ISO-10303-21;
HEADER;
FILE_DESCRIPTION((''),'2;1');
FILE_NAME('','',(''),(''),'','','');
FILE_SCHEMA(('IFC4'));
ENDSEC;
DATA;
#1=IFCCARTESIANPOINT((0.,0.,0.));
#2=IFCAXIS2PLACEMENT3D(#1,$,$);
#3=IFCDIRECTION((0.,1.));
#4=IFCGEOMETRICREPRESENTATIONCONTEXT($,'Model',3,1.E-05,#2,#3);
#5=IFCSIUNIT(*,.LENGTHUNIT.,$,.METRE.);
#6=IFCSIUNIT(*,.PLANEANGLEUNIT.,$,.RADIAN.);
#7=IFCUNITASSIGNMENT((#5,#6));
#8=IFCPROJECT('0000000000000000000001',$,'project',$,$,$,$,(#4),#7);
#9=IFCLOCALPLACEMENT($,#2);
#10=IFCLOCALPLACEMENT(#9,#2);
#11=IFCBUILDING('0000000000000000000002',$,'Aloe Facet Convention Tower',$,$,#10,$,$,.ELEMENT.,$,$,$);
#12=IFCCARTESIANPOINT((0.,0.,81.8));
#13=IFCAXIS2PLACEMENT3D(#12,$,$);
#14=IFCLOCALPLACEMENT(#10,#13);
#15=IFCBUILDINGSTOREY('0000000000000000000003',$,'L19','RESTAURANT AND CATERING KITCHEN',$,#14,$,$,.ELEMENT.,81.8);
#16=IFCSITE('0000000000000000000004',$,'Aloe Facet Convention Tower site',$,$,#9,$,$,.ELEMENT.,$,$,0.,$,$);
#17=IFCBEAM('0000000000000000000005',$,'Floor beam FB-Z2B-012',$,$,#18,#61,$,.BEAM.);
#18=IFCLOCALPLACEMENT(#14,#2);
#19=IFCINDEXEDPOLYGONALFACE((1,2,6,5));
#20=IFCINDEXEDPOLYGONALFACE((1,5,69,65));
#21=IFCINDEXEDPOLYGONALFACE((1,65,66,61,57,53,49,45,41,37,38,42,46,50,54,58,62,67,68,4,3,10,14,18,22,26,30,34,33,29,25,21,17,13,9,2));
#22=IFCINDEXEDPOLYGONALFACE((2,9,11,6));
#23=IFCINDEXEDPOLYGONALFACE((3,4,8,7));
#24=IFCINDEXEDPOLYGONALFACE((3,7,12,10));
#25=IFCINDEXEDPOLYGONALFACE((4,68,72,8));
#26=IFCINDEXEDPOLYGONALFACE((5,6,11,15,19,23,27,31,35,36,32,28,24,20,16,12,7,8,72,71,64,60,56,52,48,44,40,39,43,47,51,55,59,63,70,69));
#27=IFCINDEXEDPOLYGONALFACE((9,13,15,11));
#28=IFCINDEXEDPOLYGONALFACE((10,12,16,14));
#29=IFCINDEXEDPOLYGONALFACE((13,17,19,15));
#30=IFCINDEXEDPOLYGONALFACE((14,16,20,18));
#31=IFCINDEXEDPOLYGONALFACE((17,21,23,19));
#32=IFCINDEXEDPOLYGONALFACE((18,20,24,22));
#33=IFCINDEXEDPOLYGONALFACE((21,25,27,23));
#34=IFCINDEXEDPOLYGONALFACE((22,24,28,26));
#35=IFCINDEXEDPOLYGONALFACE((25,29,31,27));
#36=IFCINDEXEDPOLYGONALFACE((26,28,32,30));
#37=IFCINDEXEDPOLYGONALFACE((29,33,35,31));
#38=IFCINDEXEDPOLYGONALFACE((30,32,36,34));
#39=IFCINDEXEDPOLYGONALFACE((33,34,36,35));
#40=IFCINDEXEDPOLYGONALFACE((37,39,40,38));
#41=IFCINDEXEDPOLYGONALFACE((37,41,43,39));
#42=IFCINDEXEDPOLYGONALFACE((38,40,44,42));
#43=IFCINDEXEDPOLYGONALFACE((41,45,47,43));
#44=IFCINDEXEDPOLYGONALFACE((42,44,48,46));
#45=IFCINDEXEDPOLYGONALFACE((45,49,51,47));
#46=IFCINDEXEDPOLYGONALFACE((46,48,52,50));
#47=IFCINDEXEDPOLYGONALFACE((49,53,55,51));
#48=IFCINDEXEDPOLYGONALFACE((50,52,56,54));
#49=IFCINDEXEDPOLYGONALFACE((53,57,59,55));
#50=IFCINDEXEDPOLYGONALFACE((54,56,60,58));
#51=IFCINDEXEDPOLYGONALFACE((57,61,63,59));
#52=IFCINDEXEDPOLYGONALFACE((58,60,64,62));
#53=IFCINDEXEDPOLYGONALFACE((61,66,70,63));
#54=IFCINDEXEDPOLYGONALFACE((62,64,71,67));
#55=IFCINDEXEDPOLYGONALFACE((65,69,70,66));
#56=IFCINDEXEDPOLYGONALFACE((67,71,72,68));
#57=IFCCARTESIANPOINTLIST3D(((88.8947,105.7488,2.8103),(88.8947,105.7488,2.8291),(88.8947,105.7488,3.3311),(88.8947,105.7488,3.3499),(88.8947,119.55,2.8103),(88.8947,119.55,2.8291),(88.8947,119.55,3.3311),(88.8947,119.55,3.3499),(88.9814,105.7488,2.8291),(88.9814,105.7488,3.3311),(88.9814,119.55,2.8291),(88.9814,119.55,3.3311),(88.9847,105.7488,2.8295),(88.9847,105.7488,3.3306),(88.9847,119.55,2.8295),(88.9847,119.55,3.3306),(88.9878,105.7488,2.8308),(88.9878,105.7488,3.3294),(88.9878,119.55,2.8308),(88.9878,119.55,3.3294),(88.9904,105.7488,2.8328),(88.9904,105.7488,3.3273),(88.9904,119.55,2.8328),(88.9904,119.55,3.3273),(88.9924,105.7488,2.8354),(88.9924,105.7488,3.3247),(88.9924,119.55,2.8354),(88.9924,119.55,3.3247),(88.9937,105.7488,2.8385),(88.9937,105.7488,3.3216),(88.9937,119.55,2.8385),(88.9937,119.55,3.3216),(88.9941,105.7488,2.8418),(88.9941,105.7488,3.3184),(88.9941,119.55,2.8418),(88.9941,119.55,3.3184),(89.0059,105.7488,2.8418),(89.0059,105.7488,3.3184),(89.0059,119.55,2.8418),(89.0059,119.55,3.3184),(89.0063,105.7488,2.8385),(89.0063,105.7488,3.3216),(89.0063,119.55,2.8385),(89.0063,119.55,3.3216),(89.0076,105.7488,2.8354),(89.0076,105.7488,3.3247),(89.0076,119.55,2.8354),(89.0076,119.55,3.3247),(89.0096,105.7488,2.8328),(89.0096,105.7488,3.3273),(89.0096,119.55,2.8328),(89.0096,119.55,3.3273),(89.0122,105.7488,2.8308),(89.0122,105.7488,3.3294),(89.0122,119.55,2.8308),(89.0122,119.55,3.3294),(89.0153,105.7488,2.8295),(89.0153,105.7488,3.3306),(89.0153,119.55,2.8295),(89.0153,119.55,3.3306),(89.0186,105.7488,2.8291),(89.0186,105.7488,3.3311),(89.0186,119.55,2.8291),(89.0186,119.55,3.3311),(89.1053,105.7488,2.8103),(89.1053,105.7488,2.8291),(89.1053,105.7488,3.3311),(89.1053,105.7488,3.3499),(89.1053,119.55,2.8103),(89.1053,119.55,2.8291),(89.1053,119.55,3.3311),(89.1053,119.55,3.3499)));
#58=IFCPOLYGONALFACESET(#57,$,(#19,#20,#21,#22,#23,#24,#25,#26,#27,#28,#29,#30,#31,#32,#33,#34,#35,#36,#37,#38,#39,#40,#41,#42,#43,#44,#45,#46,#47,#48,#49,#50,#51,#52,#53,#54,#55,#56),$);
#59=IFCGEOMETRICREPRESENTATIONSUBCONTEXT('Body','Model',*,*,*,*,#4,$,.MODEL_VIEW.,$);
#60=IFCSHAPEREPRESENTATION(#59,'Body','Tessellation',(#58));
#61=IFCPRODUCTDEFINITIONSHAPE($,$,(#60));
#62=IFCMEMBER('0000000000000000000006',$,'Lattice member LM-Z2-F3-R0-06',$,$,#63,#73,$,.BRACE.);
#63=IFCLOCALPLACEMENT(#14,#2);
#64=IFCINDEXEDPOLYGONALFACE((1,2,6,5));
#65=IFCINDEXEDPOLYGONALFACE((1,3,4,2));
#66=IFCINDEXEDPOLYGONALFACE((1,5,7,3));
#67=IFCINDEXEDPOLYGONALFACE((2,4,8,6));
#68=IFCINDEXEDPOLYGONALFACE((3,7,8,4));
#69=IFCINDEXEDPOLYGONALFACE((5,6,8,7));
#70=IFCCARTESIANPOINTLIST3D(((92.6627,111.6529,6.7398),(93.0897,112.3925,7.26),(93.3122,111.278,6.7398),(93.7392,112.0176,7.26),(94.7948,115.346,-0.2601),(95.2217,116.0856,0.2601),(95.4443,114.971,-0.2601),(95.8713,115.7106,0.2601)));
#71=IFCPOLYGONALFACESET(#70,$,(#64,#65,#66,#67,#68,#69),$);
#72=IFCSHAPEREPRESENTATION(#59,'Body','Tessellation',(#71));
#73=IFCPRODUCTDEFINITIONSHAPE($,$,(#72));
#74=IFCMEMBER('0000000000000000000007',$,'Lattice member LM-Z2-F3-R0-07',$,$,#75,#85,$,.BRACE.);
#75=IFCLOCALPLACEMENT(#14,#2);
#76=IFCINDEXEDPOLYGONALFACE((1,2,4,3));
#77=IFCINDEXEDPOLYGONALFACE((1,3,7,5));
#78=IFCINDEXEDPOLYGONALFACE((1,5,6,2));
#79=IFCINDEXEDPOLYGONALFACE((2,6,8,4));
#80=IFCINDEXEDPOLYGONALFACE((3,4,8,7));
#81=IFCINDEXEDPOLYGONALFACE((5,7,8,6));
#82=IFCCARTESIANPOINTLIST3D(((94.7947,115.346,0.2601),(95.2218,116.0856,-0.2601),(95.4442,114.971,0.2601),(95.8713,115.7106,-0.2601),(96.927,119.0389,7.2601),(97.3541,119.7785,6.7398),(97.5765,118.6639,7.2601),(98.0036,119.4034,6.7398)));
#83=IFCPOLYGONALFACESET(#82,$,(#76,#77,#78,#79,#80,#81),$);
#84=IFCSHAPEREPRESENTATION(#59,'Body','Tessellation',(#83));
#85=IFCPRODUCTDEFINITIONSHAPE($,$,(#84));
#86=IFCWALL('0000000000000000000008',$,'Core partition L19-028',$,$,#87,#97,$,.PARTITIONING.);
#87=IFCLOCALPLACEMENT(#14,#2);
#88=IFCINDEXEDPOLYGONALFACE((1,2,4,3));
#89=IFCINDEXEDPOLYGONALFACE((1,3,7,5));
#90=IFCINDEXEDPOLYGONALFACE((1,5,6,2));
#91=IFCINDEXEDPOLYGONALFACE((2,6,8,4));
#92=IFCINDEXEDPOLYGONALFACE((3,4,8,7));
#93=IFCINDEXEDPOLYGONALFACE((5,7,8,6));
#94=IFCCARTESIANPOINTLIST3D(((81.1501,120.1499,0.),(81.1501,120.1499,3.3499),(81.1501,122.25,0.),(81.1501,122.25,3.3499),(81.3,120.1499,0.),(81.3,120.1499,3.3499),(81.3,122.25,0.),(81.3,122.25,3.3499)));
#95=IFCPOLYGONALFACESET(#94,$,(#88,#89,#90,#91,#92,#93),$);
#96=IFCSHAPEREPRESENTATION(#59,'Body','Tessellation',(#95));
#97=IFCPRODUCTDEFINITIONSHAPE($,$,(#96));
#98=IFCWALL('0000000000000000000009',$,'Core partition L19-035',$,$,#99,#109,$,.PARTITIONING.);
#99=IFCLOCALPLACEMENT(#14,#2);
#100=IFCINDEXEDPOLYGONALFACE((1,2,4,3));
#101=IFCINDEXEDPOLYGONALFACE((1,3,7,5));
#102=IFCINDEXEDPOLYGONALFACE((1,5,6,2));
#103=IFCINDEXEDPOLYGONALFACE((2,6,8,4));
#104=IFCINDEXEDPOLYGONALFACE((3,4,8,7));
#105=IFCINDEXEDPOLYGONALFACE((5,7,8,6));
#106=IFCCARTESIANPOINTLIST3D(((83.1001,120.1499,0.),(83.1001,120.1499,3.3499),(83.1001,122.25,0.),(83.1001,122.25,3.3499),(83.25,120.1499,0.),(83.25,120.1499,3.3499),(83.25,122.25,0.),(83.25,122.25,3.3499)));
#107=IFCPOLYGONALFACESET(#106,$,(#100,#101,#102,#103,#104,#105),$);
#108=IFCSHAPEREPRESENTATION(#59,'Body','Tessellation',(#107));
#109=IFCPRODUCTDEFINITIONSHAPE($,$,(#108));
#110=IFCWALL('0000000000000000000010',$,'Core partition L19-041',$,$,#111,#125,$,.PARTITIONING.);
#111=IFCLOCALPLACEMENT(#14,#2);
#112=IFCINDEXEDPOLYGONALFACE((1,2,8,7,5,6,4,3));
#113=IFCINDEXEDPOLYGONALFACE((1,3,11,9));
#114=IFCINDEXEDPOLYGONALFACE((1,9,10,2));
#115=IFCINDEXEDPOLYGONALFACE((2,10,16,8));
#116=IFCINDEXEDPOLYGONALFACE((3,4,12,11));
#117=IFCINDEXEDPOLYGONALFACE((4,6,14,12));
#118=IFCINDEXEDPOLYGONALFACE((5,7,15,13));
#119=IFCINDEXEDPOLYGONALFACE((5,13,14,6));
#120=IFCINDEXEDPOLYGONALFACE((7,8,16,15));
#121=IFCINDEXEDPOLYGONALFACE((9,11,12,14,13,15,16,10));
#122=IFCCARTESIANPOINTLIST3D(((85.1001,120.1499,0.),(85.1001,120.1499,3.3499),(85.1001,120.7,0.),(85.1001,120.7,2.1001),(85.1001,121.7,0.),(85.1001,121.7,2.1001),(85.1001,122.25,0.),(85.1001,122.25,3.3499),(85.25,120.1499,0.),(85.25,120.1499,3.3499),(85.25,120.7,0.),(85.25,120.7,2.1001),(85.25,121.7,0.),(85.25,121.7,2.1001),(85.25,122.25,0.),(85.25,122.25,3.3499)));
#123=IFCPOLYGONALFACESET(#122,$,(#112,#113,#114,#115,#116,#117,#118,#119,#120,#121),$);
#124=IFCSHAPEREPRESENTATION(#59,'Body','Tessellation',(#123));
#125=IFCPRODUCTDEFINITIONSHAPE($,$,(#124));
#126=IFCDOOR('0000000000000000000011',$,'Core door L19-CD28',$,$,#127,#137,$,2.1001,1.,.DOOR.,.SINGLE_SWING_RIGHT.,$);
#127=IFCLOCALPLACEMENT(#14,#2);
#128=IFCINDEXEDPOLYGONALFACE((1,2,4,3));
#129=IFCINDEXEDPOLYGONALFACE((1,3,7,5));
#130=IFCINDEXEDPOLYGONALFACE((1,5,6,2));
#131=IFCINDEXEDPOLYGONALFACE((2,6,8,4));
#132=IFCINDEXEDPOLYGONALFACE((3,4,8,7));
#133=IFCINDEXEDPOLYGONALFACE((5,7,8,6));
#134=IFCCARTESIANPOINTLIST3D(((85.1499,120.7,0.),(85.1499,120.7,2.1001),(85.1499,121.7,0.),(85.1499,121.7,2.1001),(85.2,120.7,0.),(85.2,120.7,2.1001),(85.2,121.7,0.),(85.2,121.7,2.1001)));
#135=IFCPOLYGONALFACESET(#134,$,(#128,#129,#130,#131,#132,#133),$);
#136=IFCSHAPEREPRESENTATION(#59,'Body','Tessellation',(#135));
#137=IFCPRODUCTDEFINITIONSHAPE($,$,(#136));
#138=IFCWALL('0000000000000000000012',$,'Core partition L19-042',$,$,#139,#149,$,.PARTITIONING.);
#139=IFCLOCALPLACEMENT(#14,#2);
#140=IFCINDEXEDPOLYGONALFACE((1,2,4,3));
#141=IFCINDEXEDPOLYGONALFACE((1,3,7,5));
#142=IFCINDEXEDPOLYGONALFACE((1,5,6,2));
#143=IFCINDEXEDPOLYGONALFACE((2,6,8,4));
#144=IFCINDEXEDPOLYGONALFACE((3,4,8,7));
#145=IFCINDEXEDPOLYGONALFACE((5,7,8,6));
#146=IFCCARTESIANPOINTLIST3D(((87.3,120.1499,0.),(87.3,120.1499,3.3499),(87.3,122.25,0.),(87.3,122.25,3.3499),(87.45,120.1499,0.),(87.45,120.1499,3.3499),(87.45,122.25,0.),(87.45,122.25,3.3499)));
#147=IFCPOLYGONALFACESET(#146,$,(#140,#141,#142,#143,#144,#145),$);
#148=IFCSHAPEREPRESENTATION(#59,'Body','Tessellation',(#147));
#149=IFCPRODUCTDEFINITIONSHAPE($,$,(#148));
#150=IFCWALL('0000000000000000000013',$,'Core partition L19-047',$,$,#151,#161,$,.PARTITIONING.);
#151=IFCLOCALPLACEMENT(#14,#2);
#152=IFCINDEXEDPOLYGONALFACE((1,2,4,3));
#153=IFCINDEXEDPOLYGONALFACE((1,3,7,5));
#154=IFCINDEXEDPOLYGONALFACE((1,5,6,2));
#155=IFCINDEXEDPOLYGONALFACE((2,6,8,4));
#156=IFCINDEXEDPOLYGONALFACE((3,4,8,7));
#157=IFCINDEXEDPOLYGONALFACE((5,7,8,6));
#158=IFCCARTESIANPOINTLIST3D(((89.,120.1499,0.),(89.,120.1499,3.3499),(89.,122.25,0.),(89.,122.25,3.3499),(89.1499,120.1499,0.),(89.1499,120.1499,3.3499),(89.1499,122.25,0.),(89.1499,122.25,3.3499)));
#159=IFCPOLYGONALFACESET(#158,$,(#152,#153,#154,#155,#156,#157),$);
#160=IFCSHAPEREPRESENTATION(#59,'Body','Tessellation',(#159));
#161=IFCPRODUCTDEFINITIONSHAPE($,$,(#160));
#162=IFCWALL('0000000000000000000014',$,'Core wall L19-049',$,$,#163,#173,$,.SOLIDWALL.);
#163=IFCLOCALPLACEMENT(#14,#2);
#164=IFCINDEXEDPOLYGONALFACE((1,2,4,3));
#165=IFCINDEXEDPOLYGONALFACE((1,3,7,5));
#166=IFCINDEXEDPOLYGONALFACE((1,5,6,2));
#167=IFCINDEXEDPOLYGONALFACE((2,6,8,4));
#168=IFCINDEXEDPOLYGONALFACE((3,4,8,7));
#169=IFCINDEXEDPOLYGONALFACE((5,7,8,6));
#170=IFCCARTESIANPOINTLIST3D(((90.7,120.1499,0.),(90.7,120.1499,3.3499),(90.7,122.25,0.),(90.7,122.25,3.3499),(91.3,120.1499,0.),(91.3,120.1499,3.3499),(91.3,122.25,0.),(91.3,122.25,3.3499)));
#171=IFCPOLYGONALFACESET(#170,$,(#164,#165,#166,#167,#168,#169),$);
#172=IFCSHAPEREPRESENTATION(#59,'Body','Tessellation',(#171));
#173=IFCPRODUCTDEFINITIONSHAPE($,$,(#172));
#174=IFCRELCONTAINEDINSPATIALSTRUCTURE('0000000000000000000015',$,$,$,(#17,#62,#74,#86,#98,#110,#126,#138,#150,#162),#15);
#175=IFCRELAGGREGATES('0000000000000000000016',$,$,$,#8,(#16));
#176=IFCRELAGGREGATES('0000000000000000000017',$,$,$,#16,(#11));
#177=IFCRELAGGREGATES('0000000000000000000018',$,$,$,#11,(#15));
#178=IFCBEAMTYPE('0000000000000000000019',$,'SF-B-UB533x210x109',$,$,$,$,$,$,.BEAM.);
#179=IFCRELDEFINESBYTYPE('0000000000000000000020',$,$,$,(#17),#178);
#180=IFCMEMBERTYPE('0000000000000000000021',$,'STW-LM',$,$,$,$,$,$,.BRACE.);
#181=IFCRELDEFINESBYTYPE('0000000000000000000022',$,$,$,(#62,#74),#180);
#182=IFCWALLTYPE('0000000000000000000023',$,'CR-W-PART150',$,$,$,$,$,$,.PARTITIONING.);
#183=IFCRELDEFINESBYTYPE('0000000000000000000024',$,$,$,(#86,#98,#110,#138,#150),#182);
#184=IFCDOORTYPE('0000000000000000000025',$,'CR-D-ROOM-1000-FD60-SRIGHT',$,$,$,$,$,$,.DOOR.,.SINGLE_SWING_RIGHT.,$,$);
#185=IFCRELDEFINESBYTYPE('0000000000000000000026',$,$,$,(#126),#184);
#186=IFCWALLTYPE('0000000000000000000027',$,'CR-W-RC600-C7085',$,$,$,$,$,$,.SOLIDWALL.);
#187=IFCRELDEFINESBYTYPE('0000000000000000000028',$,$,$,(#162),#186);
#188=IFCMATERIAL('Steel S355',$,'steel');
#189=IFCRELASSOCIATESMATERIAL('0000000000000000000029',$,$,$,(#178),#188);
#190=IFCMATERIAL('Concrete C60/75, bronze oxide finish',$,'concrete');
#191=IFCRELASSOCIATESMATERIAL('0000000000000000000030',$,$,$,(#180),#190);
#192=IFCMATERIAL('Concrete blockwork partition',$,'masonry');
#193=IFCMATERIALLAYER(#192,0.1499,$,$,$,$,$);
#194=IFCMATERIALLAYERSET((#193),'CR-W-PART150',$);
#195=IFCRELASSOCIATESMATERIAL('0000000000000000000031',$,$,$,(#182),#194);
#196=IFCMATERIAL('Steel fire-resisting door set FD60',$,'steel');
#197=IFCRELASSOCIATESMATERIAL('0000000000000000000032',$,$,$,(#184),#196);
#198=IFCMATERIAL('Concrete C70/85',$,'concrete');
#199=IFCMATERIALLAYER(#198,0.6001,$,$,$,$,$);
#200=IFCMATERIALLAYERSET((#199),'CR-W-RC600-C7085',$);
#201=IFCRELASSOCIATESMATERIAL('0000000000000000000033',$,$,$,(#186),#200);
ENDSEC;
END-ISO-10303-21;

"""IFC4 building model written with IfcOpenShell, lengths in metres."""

from ifc_helpers import new_model, si_unit, direction, frame, frame_2d, origin, origin_2d, place, context, subcontext, project, spatial, rectangle, i_section, extrude, material, layer, layer_set, material_profile, profile_set, type_object, element, fill, save


model = new_model("IFC4")

# Units and contexts
model_context = context("Model", 3, precision=1e-05, world=origin(), true_north=direction((0.0, 1.0)))
body_context = subcontext(model_context, "Body", "Model", "MODEL_VIEW")
ifc_project = project(units=[si_unit("LENGTHUNIT", "METRE"), si_unit("PLANEANGLEUNIT", "RADIAN")], contexts=[model_context])

# Site, building, storey
site_placement = place(None, origin())
site = spatial("IfcSite", under=ifc_project, at=site_placement, Name="Aloe Facet Convention Tower site", CompositionType="ELEMENT", RefElevation=0.0)
building_placement = place(site_placement, origin())
building = spatial("IfcBuilding", under=site, at=building_placement, Name="Aloe Facet Convention Tower", CompositionType="ELEMENT")
storey_placement = place(building_placement, frame((0.0, 0.0, 81.8)))
storey = spatial("IfcBuildingStorey", under=building, at=storey_placement, Name="L19", Description="RESTAURANT AND CATERING KITCHEN", CompositionType="ELEMENT", Elevation=81.8)

# Beam
ifc_material_1 = material(Name="Steel S355", Category="steel")
ifc_material_profile_1 = material_profile(ifc_material_1, i_section(OverallWidth=0.2107, OverallDepth=0.5396, WebThickness=0.0117, FlangeThickness=0.0188, FilletRadius=0.0127, at=origin_2d()), Name="UB 533x210x109")
ifc_profile_set_1 = profile_set([ifc_material_profile_1], Name="Steel S355")
beam_type_1 = type_object("IfcBeamType", Name="SF-B-UB533x210x109", PredefinedType="BEAM", material=ifc_profile_set_1)
beam_1_placement = place(storey_placement, frame((89.0, 119.55, 3.0801), z_axis=(0.0, -1.0, 0.0), x_axis=(1.0, 0.0, 0.0)))
element("IfcBeam", 1, at=beam_1_placement, inside=storey, type_object=beam_type_1, Name="Floor beam FB-Z2B-012", PredefinedType="BEAM", context=body_context, shape_type="SweptSolid", body=[
    extrude(i_section(OverallWidth=0.2107, OverallDepth=0.5396, WebThickness=0.0117, FlangeThickness=0.0188, FilletRadius=0.0127, at=origin_2d()), origin(), (0.0, 0.0, 1.0), 13.8013),
])

# Members
ifc_material_2 = material(Name="Concrete C60/75, bronze oxide finish", Category="concrete")
ifc_material_profile_2 = material_profile(ifc_material_2, rectangle(XDim=0.75, YDim=1.0, at=origin_2d()), Name="STW-LM")
ifc_profile_set_2 = profile_set([ifc_material_profile_2], Name="Concrete C60/75, bronze oxide finish")
member_type = type_object("IfcMemberType", Name="STW-LM", PredefinedType="BRACE", material=ifc_profile_set_2)
for number, where, z_axis, x_axis, name in (
    (2, (95.333, 115.5283, 0.0), (-0.260116, -0.450565, 0.854009), (0.86604, -0.499975, 0.0), "Lattice member LM-Z2-F3-R0-06"),
    (3, (95.333, 115.5283, 0.0), (0.260148, 0.450537, 0.854014), (-0.866001, 0.500043, 0.0), "Lattice member LM-Z2-F3-R0-07"),
):
    element("IfcMember", number, at=place(storey_placement, frame(where, z_axis=z_axis, x_axis=x_axis)), inside=storey, type_object=member_type, Name=name, PredefinedType="BRACE", context=body_context, shape_type="SweptSolid", body=[
        extrude(rectangle(XDim=0.75, YDim=1.0, at=origin_2d()), origin(), (0.0, 0.0, 1.0), 8.1965),
    ])

# Walls
ifc_material_3 = material(Name="Concrete blockwork partition", Category="masonry")
ifc_layer_1 = layer(ifc_material_3, 0.1499)
ifc_layer_set_1 = layer_set([ifc_layer_1], Name="CR-W-PART150")
wall_type_1 = type_object("IfcWallType", Name="CR-W-PART150", PredefinedType="PARTITIONING", material=ifc_layer_set_1)
for number, where, z_axis, x_axis, name in (
    (4, (81.2251, 122.25, 0.0), (0.0, 0.0, 1.0), (0.0, -1.0, 0.0), "Core partition L19-028"),
    (5, (83.175, 122.25, 0.0), (0.0, 0.0, 1.0), (0.0, -1.0, 0.0), "Core partition L19-035"),
):
    element("IfcWall", number, at=place(storey_placement, frame(where, z_axis=z_axis, x_axis=x_axis)), inside=storey, type_object=wall_type_1, Name=name, PredefinedType="PARTITIONING", context=body_context, shape_type="SweptSolid", body=[
        extrude(rectangle(XDim=2.1001, YDim=0.1499, at=frame_2d((1.05, 0.0))), origin(), (0.0, 0.0, 1.0), 3.3499),
    ])

# Wall, opening, door
wall_1_placement = place(storey_placement, frame((85.175, 122.25, 0.0), z_axis=(0.0, 0.0, 1.0), x_axis=(0.0, -1.0, 0.0)))
wall_1 = element("IfcWall", 6, at=wall_1_placement, inside=storey, type_object=wall_type_1, Name="Core partition L19-041", PredefinedType="PARTITIONING", context=body_context, shape_type="SweptSolid", body=[
    extrude(rectangle(XDim=2.1001, YDim=0.1499, at=frame_2d((1.05, 0.0))), origin(), (0.0, 0.0, 1.0), 3.3499),
])
opening_1_placement = place(wall_1_placement, frame((0.55, 0.0, 0.0)))
opening_1 = element("IfcOpeningElement", 7, at=opening_1_placement, cuts=wall_1, PredefinedType="OPENING", context=body_context, shape_type="SweptSolid", body=[
    extrude(rectangle(XDim=1.0, YDim=2.1001, at=frame_2d((0.5, 1.05))), frame((0.0, 0.085, 0.0), z_axis=(0.0, -1.0, 0.0), x_axis=(1.0, 0.0, 0.0)), (0.0, 0.0, 1.0), 0.1699),
])
ifc_material_4 = material(Name="Steel fire-resisting door set FD60", Category="steel")
door_type_1 = type_object("IfcDoorType", Name="CR-D-ROOM-1000-FD60-SRIGHT", OperationType="SINGLE_SWING_RIGHT", PredefinedType="DOOR", material=ifc_material_4)
door_1_placement = place(opening_1_placement, origin())
door_1 = element("IfcDoor", 8, at=door_1_placement, inside=storey, type_object=door_type_1, Name="Core door L19-CD28", OperationType="SINGLE_SWING_RIGHT", OverallHeight=2.1001, OverallWidth=1.0, PredefinedType="DOOR", context=body_context, shape_type="SweptSolid", body=[
    extrude(rectangle(XDim=1.0, YDim=2.1001, at=frame_2d((0.5, 1.05))), frame((0.0, 0.0249, 0.0), z_axis=(0.0, -1.0, 0.0), x_axis=(1.0, 0.0, 0.0)), (0.0, 0.0, 1.0), 0.05),
])
fill(opening_1, door_1)

# Walls
for number, where, z_axis, x_axis, name in (
    (9, (87.375, 122.25, 0.0), (0.0, 0.0, 1.0), (0.0, -1.0, 0.0), "Core partition L19-042"),
    (10, (89.075, 122.25, 0.0), (0.0, 0.0, 1.0), (0.0, -1.0, 0.0), "Core partition L19-047"),
):
    element("IfcWall", number, at=place(storey_placement, frame(where, z_axis=z_axis, x_axis=x_axis)), inside=storey, type_object=wall_type_1, Name=name, PredefinedType="PARTITIONING", context=body_context, shape_type="SweptSolid", body=[
        extrude(rectangle(XDim=2.1001, YDim=0.1499, at=frame_2d((1.05, 0.0))), origin(), (0.0, 0.0, 1.0), 3.3499),
    ])
ifc_material_5 = material(Name="Concrete C70/85", Category="concrete")
ifc_layer_2 = layer(ifc_material_5, 0.6001)
ifc_layer_set_2 = layer_set([ifc_layer_2], Name="CR-W-RC600-C7085")
wall_type_2 = type_object("IfcWallType", Name="CR-W-RC600-C7085", PredefinedType="SOLIDWALL", material=ifc_layer_set_2)
wall_2_placement = place(storey_placement, frame((91.0, 122.25, 0.0), z_axis=(0.0, 0.0, 1.0), x_axis=(0.0, -1.0, 0.0)))
element("IfcWall", 11, at=wall_2_placement, inside=storey, type_object=wall_type_2, Name="Core wall L19-049", PredefinedType="SOLIDWALL", context=body_context, shape_type="SweptSolid", body=[
    extrude(rectangle(XDim=2.1001, YDim=0.6001, at=frame_2d((1.05, 0.0))), origin(), (0.0, 0.0, 1.0), 3.3499),
])

save(model, "model.ifc")
